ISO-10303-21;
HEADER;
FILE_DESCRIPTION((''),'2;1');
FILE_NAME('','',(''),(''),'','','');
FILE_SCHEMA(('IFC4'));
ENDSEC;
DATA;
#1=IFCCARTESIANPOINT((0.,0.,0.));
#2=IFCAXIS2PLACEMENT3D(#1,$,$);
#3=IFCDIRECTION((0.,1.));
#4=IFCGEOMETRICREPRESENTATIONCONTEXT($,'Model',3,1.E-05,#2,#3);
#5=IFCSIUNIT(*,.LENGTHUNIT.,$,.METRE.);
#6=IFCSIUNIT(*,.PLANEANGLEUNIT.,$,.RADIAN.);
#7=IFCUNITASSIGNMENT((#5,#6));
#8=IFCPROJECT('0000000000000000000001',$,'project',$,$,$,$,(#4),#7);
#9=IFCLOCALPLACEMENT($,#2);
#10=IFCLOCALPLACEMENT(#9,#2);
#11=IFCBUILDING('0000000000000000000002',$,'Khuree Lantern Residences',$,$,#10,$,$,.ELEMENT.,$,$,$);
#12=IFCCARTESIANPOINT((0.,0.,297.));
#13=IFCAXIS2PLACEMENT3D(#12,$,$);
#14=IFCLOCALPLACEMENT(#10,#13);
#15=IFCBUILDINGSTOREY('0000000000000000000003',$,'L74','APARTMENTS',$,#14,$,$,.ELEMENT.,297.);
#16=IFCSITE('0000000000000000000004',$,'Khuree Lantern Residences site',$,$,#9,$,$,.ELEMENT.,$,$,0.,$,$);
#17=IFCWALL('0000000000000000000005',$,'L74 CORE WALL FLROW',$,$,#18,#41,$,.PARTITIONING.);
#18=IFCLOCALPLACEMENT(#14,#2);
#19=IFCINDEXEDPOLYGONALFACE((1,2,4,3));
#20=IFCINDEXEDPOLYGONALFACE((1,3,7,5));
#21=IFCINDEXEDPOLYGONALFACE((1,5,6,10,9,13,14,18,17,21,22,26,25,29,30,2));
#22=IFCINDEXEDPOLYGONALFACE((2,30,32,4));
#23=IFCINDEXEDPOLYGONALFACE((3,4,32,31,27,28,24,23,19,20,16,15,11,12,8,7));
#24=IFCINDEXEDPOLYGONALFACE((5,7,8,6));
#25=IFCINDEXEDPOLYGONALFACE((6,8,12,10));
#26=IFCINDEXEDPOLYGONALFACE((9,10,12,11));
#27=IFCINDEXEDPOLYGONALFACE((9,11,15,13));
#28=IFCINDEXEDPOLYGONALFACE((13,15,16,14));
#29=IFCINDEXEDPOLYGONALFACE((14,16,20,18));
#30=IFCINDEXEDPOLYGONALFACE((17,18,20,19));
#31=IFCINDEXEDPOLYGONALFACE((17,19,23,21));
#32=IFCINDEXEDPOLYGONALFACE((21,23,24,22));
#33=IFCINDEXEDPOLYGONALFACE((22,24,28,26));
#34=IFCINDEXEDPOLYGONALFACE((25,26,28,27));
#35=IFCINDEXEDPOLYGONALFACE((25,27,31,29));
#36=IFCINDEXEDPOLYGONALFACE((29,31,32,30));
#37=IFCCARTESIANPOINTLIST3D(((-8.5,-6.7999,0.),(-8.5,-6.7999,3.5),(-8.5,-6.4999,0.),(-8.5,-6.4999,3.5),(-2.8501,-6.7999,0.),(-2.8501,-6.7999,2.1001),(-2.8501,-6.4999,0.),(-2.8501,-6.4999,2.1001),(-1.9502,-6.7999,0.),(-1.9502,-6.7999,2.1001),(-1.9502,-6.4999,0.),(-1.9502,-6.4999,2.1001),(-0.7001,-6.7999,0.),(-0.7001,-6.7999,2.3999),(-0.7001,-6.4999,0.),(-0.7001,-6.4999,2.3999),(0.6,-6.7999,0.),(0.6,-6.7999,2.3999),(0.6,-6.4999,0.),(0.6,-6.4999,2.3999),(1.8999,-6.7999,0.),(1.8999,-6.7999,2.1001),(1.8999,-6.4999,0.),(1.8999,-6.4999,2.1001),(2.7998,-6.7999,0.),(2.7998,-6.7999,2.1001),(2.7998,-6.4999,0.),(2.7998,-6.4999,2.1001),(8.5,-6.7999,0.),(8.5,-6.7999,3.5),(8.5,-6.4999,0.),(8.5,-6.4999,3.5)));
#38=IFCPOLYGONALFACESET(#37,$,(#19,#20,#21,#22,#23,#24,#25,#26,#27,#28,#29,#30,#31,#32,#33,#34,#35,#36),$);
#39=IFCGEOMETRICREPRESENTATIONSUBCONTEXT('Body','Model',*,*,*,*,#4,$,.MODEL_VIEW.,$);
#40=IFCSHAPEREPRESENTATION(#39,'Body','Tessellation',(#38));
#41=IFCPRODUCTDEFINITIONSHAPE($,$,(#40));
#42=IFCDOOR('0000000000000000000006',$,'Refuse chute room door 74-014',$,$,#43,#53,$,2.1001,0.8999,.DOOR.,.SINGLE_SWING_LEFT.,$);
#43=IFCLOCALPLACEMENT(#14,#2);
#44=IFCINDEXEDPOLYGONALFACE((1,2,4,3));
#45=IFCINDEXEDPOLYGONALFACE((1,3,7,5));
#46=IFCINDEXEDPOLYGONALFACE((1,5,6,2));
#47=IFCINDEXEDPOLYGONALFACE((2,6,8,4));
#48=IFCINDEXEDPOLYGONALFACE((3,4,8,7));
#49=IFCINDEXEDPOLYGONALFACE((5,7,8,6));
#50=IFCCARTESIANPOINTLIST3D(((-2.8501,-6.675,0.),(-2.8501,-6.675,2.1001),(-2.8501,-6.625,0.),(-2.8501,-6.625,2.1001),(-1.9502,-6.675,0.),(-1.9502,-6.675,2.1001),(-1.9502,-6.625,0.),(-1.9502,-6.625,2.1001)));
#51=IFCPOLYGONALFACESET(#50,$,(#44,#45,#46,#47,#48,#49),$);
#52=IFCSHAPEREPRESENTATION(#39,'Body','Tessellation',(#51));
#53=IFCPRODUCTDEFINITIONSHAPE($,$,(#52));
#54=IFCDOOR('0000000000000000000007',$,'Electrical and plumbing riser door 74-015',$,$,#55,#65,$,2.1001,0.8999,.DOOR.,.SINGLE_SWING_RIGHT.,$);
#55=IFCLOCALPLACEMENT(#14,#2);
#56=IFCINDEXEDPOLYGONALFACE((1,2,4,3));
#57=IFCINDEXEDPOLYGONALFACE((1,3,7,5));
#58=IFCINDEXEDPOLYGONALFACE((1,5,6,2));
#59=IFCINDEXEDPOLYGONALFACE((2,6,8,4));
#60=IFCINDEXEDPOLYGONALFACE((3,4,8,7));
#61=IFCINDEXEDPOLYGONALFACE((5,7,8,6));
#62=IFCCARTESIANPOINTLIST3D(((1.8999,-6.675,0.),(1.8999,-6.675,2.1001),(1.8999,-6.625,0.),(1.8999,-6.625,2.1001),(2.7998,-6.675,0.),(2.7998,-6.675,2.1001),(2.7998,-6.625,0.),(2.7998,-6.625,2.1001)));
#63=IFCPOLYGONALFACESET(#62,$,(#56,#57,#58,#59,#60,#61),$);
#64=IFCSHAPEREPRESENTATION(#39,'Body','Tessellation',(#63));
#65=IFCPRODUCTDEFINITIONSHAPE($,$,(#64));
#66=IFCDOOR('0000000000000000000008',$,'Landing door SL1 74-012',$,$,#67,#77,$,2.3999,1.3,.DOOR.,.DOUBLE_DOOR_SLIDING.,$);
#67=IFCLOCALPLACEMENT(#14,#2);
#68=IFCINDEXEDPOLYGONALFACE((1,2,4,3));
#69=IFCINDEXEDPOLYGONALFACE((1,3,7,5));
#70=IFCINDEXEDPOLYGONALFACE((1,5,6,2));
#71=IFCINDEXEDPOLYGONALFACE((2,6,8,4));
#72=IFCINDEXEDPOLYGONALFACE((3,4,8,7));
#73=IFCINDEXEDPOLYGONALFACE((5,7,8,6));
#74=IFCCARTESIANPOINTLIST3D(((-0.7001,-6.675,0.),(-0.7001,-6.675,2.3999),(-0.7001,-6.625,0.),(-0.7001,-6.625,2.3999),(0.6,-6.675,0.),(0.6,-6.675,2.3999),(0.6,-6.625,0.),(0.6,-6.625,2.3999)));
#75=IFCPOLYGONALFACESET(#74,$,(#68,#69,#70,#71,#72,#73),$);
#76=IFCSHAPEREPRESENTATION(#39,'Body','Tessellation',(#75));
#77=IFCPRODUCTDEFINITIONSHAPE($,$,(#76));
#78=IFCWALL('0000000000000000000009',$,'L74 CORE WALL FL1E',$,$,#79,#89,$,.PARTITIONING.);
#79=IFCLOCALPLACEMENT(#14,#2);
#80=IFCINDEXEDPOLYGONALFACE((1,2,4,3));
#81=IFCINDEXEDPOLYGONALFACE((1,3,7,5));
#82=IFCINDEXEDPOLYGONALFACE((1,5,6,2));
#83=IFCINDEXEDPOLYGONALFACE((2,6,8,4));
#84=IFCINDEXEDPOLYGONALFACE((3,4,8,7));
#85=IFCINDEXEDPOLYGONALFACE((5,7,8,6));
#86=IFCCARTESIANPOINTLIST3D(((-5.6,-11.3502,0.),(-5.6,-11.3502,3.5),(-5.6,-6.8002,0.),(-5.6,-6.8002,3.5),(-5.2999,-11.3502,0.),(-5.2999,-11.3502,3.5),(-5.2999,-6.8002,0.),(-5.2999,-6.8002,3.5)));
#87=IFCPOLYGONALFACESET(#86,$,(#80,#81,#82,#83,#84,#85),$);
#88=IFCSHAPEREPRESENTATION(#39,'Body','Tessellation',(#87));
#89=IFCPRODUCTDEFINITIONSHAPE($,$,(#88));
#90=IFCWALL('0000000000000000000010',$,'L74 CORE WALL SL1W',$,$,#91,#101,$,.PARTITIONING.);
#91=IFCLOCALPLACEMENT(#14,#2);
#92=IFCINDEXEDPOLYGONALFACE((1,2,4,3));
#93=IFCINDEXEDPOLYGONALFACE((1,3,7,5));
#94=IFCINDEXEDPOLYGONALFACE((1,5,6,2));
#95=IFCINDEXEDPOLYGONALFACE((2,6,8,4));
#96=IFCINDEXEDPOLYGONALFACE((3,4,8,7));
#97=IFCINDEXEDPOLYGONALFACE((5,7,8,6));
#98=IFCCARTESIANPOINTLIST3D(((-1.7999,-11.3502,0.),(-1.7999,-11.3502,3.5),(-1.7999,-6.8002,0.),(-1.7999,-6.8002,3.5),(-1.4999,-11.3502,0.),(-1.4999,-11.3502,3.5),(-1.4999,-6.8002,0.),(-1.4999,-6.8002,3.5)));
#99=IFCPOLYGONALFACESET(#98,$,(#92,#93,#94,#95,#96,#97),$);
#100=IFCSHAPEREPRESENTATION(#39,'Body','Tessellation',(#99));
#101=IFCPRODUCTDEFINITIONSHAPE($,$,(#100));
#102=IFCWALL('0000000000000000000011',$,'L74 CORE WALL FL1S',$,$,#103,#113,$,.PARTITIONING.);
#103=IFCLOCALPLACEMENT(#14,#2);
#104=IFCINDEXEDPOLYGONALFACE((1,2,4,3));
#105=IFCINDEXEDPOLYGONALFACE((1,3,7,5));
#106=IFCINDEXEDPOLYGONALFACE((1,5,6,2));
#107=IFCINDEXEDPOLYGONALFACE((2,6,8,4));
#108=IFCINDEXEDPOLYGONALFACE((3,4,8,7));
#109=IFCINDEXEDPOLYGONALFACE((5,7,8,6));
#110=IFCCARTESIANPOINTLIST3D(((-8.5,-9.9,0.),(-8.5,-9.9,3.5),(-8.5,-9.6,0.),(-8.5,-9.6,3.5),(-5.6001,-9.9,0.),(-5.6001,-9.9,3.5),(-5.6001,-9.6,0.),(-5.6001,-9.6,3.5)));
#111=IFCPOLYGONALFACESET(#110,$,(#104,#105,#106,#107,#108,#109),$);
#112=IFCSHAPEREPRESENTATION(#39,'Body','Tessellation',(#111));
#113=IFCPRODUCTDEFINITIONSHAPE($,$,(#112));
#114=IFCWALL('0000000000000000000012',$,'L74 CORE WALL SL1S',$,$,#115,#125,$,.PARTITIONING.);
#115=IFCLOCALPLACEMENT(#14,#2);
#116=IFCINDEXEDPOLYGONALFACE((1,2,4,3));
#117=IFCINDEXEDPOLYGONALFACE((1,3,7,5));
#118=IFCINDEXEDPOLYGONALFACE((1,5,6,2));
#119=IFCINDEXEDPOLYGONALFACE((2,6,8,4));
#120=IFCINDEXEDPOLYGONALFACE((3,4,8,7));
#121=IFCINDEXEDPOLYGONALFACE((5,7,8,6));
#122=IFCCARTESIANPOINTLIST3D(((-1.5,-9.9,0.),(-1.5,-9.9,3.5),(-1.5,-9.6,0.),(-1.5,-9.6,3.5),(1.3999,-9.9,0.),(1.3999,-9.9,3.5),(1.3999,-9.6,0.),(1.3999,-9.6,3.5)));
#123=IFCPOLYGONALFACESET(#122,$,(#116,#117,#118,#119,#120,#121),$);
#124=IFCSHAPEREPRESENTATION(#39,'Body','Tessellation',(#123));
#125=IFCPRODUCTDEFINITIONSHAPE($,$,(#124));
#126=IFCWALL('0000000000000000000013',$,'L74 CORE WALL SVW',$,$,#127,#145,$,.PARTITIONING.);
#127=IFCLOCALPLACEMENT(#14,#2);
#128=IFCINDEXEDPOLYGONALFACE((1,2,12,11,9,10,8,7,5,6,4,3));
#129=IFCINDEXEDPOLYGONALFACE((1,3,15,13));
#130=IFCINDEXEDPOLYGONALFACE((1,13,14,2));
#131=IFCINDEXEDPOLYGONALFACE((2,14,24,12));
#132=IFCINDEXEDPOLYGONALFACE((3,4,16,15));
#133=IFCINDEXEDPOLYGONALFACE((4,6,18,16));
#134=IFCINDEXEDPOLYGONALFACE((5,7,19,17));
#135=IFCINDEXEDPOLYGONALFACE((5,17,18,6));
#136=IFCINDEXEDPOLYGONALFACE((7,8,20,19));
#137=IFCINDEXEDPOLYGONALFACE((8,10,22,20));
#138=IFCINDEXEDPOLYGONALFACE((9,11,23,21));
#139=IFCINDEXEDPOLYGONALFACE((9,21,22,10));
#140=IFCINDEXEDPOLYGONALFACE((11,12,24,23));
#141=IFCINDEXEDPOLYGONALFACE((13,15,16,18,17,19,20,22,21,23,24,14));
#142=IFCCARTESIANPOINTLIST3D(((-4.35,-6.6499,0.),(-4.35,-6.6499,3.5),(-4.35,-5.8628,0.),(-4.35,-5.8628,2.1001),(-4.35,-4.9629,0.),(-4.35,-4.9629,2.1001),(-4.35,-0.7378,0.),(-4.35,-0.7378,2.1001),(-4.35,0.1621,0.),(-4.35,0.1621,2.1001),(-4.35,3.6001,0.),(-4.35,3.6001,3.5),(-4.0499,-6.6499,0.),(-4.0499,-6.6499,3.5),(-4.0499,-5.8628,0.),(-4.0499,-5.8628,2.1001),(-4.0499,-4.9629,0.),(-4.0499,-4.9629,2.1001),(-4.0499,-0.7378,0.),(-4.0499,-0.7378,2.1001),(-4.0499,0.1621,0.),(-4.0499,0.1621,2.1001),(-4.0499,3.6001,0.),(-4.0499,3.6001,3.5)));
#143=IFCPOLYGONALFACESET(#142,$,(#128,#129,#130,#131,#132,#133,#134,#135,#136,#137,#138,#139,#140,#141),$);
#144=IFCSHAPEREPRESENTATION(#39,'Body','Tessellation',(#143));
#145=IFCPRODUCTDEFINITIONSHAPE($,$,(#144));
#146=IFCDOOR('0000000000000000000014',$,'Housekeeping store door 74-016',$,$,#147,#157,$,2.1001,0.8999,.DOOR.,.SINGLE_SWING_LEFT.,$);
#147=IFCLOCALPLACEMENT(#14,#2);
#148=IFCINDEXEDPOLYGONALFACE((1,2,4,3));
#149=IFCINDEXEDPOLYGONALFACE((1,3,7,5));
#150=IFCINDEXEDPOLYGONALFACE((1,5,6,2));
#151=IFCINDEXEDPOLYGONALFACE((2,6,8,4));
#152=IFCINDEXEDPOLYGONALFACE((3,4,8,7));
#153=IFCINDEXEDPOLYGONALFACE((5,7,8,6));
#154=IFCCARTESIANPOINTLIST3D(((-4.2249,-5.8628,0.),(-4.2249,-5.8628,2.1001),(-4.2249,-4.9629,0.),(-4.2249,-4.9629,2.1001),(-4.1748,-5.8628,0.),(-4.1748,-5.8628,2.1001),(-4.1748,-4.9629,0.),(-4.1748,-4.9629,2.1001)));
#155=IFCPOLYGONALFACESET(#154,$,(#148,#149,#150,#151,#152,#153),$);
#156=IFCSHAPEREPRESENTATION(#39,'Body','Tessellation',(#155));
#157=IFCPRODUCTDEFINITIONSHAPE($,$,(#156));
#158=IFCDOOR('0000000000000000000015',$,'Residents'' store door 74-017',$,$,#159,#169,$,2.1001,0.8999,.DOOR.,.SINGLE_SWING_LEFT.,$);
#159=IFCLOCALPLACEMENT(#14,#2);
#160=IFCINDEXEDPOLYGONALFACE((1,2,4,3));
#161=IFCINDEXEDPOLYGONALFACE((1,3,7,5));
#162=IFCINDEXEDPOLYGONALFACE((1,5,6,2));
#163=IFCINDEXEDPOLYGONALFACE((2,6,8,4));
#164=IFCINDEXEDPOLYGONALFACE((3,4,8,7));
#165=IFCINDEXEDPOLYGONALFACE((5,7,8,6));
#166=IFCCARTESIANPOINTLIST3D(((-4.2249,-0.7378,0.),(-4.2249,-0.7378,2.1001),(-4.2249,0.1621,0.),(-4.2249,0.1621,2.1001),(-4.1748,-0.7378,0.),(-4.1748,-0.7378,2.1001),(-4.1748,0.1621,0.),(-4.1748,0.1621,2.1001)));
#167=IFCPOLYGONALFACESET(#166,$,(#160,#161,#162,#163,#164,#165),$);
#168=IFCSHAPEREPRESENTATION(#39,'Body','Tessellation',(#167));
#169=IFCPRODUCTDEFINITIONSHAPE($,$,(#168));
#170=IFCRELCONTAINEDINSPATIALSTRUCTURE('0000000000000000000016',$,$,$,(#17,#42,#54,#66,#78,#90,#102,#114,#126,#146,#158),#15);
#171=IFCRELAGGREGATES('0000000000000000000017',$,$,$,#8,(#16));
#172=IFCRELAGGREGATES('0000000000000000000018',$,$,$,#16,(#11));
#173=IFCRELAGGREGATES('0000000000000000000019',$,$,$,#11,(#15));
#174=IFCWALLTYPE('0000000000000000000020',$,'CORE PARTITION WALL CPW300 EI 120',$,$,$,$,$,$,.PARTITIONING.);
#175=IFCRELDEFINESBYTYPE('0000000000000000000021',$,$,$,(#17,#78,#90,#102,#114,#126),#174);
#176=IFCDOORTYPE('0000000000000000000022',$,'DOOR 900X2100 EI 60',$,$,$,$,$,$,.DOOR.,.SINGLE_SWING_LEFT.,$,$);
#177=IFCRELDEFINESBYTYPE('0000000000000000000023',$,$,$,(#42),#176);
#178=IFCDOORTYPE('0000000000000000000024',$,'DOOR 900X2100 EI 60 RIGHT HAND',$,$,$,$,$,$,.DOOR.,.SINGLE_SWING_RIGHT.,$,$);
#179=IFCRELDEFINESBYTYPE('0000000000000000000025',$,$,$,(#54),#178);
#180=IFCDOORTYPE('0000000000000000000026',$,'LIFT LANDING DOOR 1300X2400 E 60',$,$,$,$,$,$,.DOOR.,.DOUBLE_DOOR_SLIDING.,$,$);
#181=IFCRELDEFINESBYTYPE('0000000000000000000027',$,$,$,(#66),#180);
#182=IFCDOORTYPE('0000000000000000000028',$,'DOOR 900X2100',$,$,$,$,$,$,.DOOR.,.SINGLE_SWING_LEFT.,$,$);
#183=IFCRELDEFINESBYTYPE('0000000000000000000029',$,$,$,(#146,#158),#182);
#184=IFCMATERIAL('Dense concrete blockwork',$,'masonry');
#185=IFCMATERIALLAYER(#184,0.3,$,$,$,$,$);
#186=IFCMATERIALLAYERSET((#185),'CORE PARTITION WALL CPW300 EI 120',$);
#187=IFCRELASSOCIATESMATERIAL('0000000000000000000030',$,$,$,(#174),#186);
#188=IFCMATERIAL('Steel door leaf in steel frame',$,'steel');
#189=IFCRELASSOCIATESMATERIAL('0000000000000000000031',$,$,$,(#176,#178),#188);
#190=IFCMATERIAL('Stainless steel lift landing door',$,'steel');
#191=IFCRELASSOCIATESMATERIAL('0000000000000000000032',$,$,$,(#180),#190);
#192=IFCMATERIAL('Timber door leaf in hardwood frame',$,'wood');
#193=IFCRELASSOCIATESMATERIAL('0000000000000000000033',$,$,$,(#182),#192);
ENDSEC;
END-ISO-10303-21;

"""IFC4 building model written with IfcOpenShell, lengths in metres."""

from ifc_helpers import new_model, si_unit, direction, frame, frame_2d, origin, place, context, subcontext, project, spatial, rectangle, extrude, material, layer, layer_set, type_object, element, fill, save


model = new_model("IFC4")

# Units and contexts
model_context = context("Model", 3, precision=1e-05, world=origin(), true_north=direction((0.0, 1.0)))
body_context = subcontext(model_context, "Body", "Model", "MODEL_VIEW")
ifc_project = project(units=[si_unit("LENGTHUNIT", "METRE"), si_unit("PLANEANGLEUNIT", "RADIAN")], contexts=[model_context])

# Site, building, storey
site_placement = place(None, origin())
site = spatial("IfcSite", under=ifc_project, at=site_placement, Name="Khuree Lantern Residences site", CompositionType="ELEMENT", RefElevation=0.0)
building_placement = place(site_placement, origin())
building = spatial("IfcBuilding", under=site, at=building_placement, Name="Khuree Lantern Residences", CompositionType="ELEMENT")
storey_placement = place(building_placement, frame((0.0, 0.0, 297.0)))
storey = spatial("IfcBuildingStorey", under=building, at=storey_placement, Name="L74", Description="APARTMENTS", CompositionType="ELEMENT", Elevation=297.0)

# Wall, openings, doors
ifc_material_1 = material(Name="Dense concrete blockwork", Category="masonry")
ifc_layer_1 = layer(ifc_material_1, 0.3)
ifc_layer_set_1 = layer_set([ifc_layer_1], Name="CORE PARTITION WALL CPW300 EI 120")
wall_type_1 = type_object("IfcWallType", Name="CORE PARTITION WALL CPW300 EI 120", PredefinedType="PARTITIONING", material=ifc_layer_set_1)
wall_1_placement = place(storey_placement, frame((-8.5, -6.6499, 0.0), z_axis=(0.0, 0.0, 1.0), x_axis=(1.0, 0.0, 0.0)))
wall_1 = element("IfcWall", 1, at=wall_1_placement, inside=storey, type_object=wall_type_1, Name="L74 CORE WALL FLROW", PredefinedType="PARTITIONING", context=body_context, shape_type="SweptSolid", body=[
    extrude(rectangle(XDim=17.0, YDim=0.3, at=frame_2d((8.5, 0.0))), origin(), (0.0, 0.0, 1.0), 3.5),
])
opening_1_placement = place(wall_1_placement, frame((7.8, 0.0, 0.0)))
opening_1 = element("IfcOpeningElement", 2, at=opening_1_placement, cuts=wall_1, PredefinedType="OPENING", context=body_context, shape_type="SweptSolid", body=[
    extrude(rectangle(XDim=1.3, YDim=2.3999, at=frame_2d((0.6499, 1.2))), frame((0.0, 0.1602, 0.0), z_axis=(0.0, -1.0, 0.0), x_axis=(1.0, 0.0, 0.0)), (0.0, 0.0, 1.0), 0.3201),
])
opening_2_placement = place(wall_1_placement, frame((5.6499, 0.0, 0.0)))
opening_2 = element("IfcOpeningElement", 3, at=opening_2_placement, cuts=wall_1, PredefinedType="OPENING", context=body_context, shape_type="SweptSolid", body=[
    extrude(rectangle(XDim=0.8999, YDim=2.1001, at=frame_2d((0.45, 1.05))), frame((0.0, 0.1602, 0.0), z_axis=(0.0, -1.0, 0.0), x_axis=(1.0, 0.0, 0.0)), (0.0, 0.0, 1.0), 0.3201),
])
opening_3_placement = place(wall_1_placement, frame((10.3999, 0.0, 0.0)))
opening_3 = element("IfcOpeningElement", 4, at=opening_3_placement, cuts=wall_1, PredefinedType="OPENING", context=body_context, shape_type="SweptSolid", body=[
    extrude(rectangle(XDim=0.8999, YDim=2.1001, at=frame_2d((0.45, 1.05))), frame((0.0, 0.1602, 0.0), z_axis=(0.0, -1.0, 0.0), x_axis=(1.0, 0.0, 0.0)), (0.0, 0.0, 1.0), 0.3201),
])
ifc_material_2 = material(Name="Steel door leaf in steel frame", Category="steel")
door_type_1 = type_object("IfcDoorType", Name="DOOR 900X2100 EI 60", OperationType="SINGLE_SWING_LEFT", PredefinedType="DOOR", material=ifc_material_2)
door_1_placement = place(opening_2_placement, origin())
door_1 = element("IfcDoor", 5, at=door_1_placement, inside=storey, type_object=door_type_1, Name="Refuse chute room door 74-014", OperationType="SINGLE_SWING_LEFT", OverallHeight=2.1001, OverallWidth=0.8999, PredefinedType="DOOR", context=body_context, shape_type="SweptSolid", body=[
    extrude(rectangle(XDim=0.8999, YDim=2.1001, at=frame_2d((0.45, 1.05))), frame((0.0, 0.0249, 0.0), z_axis=(0.0, -1.0, 0.0), x_axis=(1.0, 0.0, 0.0)), (0.0, 0.0, 1.0), 0.05),
])
fill(opening_2, door_1)
door_type_2 = type_object("IfcDoorType", Name="DOOR 900X2100 EI 60 RIGHT HAND", OperationType="SINGLE_SWING_RIGHT", PredefinedType="DOOR", material=ifc_material_2)
door_2_placement = place(opening_3_placement, origin())
door_2 = element("IfcDoor", 6, at=door_2_placement, inside=storey, type_object=door_type_2, Name="Electrical and plumbing riser door 74-015", OperationType="SINGLE_SWING_RIGHT", OverallHeight=2.1001, OverallWidth=0.8999, PredefinedType="DOOR", context=body_context, shape_type="SweptSolid", body=[
    extrude(rectangle(XDim=0.8999, YDim=2.1001, at=frame_2d((0.45, 1.05))), frame((0.0, 0.0249, 0.0), z_axis=(0.0, -1.0, 0.0), x_axis=(1.0, 0.0, 0.0)), (0.0, 0.0, 1.0), 0.05),
])
fill(opening_3, door_2)
ifc_material_3 = material(Name="Stainless steel lift landing door", Category="steel")
door_type_3 = type_object("IfcDoorType", Name="LIFT LANDING DOOR 1300X2400 E 60", OperationType="DOUBLE_DOOR_SLIDING", PredefinedType="DOOR", material=ifc_material_3)
door_3_placement = place(opening_1_placement, origin())
door_3 = element("IfcDoor", 7, at=door_3_placement, inside=storey, type_object=door_type_3, Name="Landing door SL1 74-012", OperationType="DOUBLE_DOOR_SLIDING", OverallHeight=2.3999, OverallWidth=1.3, PredefinedType="DOOR", context=body_context, shape_type="SweptSolid", body=[
    extrude(rectangle(XDim=1.3, YDim=2.3999, at=frame_2d((0.6499, 1.2))), frame((0.0, 0.0249, 0.0), z_axis=(0.0, -1.0, 0.0), x_axis=(1.0, 0.0, 0.0)), (0.0, 0.0, 1.0), 0.05),
])
fill(opening_1, door_3)

# Walls
for number, where, z_axis, x_axis, name in (
    (8, (-5.45, -11.3501, 0.0), (0.0, 0.0, 1.0), (0.0, 1.0, 0.0), "L74 CORE WALL FL1E"),
    (9, (-1.6499, -11.3501, 0.0), (0.0, 0.0, 1.0), (0.0, 1.0, 0.0), "L74 CORE WALL SL1W"),
):
    element("IfcWall", number, at=place(storey_placement, frame(where, z_axis=z_axis, x_axis=x_axis)), inside=storey, type_object=wall_type_1, Name=name, PredefinedType="PARTITIONING", context=body_context, shape_type="SweptSolid", body=[
        extrude(rectangle(XDim=4.55, YDim=0.3, at=frame_2d((2.2749, 0.0))), origin(), (0.0, 0.0, 1.0), 3.5),
    ])
for number, where, z_axis, x_axis, name in (
    (10, (-8.5, -9.75, 0.0), (0.0, 0.0, 1.0), (1.0, 0.0, 0.0), "L74 CORE WALL FL1S"),
    (11, (-1.5, -9.75, 0.0), (0.0, 0.0, 1.0), (1.0, 0.0, 0.0), "L74 CORE WALL SL1S"),
):
    element("IfcWall", number, at=place(storey_placement, frame(where, z_axis=z_axis, x_axis=x_axis)), inside=storey, type_object=wall_type_1, Name=name, PredefinedType="PARTITIONING", context=body_context, shape_type="SweptSolid", body=[
        extrude(rectangle(XDim=2.8999, YDim=0.3, at=frame_2d((1.45, 0.0))), origin(), (0.0, 0.0, 1.0), 3.5),
    ])

# Wall, openings, doors
wall_2_placement = place(storey_placement, frame((-4.2, -6.6499, 0.0), z_axis=(0.0, 0.0, 1.0), x_axis=(0.0, 1.0, 0.0)))
wall_2 = element("IfcWall", 12, at=wall_2_placement, inside=storey, type_object=wall_type_1, Name="L74 CORE WALL SVW", PredefinedType="PARTITIONING", context=body_context, shape_type="SweptSolid", body=[
    extrude(rectangle(XDim=10.25, YDim=0.3, at=frame_2d((5.125, 0.0))), origin(), (0.0, 0.0, 1.0), 3.5),
])
opening_4_placement = place(wall_2_placement, frame((0.7871, 0.0, 0.0)))
opening_4 = element("IfcOpeningElement", 13, at=opening_4_placement, cuts=wall_2, PredefinedType="OPENING", context=body_context, shape_type="SweptSolid", body=[
    extrude(rectangle(XDim=0.8999, YDim=2.1001, at=frame_2d((0.45, 1.05))), frame((0.0, 0.1602, 0.0), z_axis=(0.0, -1.0, 0.0), x_axis=(1.0, 0.0, 0.0)), (0.0, 0.0, 1.0), 0.3201),
])
opening_5_placement = place(wall_2_placement, frame((5.9121, 0.0, 0.0)))
opening_5 = element("IfcOpeningElement", 14, at=opening_5_placement, cuts=wall_2, PredefinedType="OPENING", context=body_context, shape_type="SweptSolid", body=[
    extrude(rectangle(XDim=0.8999, YDim=2.1001, at=frame_2d((0.45, 1.05))), frame((0.0, 0.1602, 0.0), z_axis=(0.0, -1.0, 0.0), x_axis=(1.0, 0.0, 0.0)), (0.0, 0.0, 1.0), 0.3201),
])
ifc_material_4 = material(Name="Timber door leaf in hardwood frame", Category="wood")
door_type_4 = type_object("IfcDoorType", Name="DOOR 900X2100", OperationType="SINGLE_SWING_LEFT", PredefinedType="DOOR", material=ifc_material_4)
door_4_placement = place(opening_4_placement, origin())
door_4 = element("IfcDoor", 15, at=door_4_placement, inside=storey, type_object=door_type_4, Name="Housekeeping store door 74-016", OperationType="SINGLE_SWING_LEFT", OverallHeight=2.1001, OverallWidth=0.8999, PredefinedType="DOOR", context=body_context, shape_type="SweptSolid", body=[
    extrude(rectangle(XDim=0.8999, YDim=2.1001, at=frame_2d((0.45, 1.05))), frame((0.0, 0.0249, 0.0), z_axis=(0.0, -1.0, 0.0), x_axis=(1.0, 0.0, 0.0)), (0.0, 0.0, 1.0), 0.05),
])
fill(opening_4, door_4)
door_5_placement = place(opening_5_placement, origin())
door_5 = element("IfcDoor", 16, at=door_5_placement, inside=storey, type_object=door_type_4, Name="Residents' store door 74-017", OperationType="SINGLE_SWING_LEFT", OverallHeight=2.1001, OverallWidth=0.8999, PredefinedType="DOOR", context=body_context, shape_type="SweptSolid", body=[
    extrude(rectangle(XDim=0.8999, YDim=2.1001, at=frame_2d((0.45, 1.05))), frame((0.0, 0.0249, 0.0), z_axis=(0.0, -1.0, 0.0), x_axis=(1.0, 0.0, 0.0)), (0.0, 0.0, 1.0), 0.05),
])
fill(opening_5, door_5)

save(model, "model.ifc")
